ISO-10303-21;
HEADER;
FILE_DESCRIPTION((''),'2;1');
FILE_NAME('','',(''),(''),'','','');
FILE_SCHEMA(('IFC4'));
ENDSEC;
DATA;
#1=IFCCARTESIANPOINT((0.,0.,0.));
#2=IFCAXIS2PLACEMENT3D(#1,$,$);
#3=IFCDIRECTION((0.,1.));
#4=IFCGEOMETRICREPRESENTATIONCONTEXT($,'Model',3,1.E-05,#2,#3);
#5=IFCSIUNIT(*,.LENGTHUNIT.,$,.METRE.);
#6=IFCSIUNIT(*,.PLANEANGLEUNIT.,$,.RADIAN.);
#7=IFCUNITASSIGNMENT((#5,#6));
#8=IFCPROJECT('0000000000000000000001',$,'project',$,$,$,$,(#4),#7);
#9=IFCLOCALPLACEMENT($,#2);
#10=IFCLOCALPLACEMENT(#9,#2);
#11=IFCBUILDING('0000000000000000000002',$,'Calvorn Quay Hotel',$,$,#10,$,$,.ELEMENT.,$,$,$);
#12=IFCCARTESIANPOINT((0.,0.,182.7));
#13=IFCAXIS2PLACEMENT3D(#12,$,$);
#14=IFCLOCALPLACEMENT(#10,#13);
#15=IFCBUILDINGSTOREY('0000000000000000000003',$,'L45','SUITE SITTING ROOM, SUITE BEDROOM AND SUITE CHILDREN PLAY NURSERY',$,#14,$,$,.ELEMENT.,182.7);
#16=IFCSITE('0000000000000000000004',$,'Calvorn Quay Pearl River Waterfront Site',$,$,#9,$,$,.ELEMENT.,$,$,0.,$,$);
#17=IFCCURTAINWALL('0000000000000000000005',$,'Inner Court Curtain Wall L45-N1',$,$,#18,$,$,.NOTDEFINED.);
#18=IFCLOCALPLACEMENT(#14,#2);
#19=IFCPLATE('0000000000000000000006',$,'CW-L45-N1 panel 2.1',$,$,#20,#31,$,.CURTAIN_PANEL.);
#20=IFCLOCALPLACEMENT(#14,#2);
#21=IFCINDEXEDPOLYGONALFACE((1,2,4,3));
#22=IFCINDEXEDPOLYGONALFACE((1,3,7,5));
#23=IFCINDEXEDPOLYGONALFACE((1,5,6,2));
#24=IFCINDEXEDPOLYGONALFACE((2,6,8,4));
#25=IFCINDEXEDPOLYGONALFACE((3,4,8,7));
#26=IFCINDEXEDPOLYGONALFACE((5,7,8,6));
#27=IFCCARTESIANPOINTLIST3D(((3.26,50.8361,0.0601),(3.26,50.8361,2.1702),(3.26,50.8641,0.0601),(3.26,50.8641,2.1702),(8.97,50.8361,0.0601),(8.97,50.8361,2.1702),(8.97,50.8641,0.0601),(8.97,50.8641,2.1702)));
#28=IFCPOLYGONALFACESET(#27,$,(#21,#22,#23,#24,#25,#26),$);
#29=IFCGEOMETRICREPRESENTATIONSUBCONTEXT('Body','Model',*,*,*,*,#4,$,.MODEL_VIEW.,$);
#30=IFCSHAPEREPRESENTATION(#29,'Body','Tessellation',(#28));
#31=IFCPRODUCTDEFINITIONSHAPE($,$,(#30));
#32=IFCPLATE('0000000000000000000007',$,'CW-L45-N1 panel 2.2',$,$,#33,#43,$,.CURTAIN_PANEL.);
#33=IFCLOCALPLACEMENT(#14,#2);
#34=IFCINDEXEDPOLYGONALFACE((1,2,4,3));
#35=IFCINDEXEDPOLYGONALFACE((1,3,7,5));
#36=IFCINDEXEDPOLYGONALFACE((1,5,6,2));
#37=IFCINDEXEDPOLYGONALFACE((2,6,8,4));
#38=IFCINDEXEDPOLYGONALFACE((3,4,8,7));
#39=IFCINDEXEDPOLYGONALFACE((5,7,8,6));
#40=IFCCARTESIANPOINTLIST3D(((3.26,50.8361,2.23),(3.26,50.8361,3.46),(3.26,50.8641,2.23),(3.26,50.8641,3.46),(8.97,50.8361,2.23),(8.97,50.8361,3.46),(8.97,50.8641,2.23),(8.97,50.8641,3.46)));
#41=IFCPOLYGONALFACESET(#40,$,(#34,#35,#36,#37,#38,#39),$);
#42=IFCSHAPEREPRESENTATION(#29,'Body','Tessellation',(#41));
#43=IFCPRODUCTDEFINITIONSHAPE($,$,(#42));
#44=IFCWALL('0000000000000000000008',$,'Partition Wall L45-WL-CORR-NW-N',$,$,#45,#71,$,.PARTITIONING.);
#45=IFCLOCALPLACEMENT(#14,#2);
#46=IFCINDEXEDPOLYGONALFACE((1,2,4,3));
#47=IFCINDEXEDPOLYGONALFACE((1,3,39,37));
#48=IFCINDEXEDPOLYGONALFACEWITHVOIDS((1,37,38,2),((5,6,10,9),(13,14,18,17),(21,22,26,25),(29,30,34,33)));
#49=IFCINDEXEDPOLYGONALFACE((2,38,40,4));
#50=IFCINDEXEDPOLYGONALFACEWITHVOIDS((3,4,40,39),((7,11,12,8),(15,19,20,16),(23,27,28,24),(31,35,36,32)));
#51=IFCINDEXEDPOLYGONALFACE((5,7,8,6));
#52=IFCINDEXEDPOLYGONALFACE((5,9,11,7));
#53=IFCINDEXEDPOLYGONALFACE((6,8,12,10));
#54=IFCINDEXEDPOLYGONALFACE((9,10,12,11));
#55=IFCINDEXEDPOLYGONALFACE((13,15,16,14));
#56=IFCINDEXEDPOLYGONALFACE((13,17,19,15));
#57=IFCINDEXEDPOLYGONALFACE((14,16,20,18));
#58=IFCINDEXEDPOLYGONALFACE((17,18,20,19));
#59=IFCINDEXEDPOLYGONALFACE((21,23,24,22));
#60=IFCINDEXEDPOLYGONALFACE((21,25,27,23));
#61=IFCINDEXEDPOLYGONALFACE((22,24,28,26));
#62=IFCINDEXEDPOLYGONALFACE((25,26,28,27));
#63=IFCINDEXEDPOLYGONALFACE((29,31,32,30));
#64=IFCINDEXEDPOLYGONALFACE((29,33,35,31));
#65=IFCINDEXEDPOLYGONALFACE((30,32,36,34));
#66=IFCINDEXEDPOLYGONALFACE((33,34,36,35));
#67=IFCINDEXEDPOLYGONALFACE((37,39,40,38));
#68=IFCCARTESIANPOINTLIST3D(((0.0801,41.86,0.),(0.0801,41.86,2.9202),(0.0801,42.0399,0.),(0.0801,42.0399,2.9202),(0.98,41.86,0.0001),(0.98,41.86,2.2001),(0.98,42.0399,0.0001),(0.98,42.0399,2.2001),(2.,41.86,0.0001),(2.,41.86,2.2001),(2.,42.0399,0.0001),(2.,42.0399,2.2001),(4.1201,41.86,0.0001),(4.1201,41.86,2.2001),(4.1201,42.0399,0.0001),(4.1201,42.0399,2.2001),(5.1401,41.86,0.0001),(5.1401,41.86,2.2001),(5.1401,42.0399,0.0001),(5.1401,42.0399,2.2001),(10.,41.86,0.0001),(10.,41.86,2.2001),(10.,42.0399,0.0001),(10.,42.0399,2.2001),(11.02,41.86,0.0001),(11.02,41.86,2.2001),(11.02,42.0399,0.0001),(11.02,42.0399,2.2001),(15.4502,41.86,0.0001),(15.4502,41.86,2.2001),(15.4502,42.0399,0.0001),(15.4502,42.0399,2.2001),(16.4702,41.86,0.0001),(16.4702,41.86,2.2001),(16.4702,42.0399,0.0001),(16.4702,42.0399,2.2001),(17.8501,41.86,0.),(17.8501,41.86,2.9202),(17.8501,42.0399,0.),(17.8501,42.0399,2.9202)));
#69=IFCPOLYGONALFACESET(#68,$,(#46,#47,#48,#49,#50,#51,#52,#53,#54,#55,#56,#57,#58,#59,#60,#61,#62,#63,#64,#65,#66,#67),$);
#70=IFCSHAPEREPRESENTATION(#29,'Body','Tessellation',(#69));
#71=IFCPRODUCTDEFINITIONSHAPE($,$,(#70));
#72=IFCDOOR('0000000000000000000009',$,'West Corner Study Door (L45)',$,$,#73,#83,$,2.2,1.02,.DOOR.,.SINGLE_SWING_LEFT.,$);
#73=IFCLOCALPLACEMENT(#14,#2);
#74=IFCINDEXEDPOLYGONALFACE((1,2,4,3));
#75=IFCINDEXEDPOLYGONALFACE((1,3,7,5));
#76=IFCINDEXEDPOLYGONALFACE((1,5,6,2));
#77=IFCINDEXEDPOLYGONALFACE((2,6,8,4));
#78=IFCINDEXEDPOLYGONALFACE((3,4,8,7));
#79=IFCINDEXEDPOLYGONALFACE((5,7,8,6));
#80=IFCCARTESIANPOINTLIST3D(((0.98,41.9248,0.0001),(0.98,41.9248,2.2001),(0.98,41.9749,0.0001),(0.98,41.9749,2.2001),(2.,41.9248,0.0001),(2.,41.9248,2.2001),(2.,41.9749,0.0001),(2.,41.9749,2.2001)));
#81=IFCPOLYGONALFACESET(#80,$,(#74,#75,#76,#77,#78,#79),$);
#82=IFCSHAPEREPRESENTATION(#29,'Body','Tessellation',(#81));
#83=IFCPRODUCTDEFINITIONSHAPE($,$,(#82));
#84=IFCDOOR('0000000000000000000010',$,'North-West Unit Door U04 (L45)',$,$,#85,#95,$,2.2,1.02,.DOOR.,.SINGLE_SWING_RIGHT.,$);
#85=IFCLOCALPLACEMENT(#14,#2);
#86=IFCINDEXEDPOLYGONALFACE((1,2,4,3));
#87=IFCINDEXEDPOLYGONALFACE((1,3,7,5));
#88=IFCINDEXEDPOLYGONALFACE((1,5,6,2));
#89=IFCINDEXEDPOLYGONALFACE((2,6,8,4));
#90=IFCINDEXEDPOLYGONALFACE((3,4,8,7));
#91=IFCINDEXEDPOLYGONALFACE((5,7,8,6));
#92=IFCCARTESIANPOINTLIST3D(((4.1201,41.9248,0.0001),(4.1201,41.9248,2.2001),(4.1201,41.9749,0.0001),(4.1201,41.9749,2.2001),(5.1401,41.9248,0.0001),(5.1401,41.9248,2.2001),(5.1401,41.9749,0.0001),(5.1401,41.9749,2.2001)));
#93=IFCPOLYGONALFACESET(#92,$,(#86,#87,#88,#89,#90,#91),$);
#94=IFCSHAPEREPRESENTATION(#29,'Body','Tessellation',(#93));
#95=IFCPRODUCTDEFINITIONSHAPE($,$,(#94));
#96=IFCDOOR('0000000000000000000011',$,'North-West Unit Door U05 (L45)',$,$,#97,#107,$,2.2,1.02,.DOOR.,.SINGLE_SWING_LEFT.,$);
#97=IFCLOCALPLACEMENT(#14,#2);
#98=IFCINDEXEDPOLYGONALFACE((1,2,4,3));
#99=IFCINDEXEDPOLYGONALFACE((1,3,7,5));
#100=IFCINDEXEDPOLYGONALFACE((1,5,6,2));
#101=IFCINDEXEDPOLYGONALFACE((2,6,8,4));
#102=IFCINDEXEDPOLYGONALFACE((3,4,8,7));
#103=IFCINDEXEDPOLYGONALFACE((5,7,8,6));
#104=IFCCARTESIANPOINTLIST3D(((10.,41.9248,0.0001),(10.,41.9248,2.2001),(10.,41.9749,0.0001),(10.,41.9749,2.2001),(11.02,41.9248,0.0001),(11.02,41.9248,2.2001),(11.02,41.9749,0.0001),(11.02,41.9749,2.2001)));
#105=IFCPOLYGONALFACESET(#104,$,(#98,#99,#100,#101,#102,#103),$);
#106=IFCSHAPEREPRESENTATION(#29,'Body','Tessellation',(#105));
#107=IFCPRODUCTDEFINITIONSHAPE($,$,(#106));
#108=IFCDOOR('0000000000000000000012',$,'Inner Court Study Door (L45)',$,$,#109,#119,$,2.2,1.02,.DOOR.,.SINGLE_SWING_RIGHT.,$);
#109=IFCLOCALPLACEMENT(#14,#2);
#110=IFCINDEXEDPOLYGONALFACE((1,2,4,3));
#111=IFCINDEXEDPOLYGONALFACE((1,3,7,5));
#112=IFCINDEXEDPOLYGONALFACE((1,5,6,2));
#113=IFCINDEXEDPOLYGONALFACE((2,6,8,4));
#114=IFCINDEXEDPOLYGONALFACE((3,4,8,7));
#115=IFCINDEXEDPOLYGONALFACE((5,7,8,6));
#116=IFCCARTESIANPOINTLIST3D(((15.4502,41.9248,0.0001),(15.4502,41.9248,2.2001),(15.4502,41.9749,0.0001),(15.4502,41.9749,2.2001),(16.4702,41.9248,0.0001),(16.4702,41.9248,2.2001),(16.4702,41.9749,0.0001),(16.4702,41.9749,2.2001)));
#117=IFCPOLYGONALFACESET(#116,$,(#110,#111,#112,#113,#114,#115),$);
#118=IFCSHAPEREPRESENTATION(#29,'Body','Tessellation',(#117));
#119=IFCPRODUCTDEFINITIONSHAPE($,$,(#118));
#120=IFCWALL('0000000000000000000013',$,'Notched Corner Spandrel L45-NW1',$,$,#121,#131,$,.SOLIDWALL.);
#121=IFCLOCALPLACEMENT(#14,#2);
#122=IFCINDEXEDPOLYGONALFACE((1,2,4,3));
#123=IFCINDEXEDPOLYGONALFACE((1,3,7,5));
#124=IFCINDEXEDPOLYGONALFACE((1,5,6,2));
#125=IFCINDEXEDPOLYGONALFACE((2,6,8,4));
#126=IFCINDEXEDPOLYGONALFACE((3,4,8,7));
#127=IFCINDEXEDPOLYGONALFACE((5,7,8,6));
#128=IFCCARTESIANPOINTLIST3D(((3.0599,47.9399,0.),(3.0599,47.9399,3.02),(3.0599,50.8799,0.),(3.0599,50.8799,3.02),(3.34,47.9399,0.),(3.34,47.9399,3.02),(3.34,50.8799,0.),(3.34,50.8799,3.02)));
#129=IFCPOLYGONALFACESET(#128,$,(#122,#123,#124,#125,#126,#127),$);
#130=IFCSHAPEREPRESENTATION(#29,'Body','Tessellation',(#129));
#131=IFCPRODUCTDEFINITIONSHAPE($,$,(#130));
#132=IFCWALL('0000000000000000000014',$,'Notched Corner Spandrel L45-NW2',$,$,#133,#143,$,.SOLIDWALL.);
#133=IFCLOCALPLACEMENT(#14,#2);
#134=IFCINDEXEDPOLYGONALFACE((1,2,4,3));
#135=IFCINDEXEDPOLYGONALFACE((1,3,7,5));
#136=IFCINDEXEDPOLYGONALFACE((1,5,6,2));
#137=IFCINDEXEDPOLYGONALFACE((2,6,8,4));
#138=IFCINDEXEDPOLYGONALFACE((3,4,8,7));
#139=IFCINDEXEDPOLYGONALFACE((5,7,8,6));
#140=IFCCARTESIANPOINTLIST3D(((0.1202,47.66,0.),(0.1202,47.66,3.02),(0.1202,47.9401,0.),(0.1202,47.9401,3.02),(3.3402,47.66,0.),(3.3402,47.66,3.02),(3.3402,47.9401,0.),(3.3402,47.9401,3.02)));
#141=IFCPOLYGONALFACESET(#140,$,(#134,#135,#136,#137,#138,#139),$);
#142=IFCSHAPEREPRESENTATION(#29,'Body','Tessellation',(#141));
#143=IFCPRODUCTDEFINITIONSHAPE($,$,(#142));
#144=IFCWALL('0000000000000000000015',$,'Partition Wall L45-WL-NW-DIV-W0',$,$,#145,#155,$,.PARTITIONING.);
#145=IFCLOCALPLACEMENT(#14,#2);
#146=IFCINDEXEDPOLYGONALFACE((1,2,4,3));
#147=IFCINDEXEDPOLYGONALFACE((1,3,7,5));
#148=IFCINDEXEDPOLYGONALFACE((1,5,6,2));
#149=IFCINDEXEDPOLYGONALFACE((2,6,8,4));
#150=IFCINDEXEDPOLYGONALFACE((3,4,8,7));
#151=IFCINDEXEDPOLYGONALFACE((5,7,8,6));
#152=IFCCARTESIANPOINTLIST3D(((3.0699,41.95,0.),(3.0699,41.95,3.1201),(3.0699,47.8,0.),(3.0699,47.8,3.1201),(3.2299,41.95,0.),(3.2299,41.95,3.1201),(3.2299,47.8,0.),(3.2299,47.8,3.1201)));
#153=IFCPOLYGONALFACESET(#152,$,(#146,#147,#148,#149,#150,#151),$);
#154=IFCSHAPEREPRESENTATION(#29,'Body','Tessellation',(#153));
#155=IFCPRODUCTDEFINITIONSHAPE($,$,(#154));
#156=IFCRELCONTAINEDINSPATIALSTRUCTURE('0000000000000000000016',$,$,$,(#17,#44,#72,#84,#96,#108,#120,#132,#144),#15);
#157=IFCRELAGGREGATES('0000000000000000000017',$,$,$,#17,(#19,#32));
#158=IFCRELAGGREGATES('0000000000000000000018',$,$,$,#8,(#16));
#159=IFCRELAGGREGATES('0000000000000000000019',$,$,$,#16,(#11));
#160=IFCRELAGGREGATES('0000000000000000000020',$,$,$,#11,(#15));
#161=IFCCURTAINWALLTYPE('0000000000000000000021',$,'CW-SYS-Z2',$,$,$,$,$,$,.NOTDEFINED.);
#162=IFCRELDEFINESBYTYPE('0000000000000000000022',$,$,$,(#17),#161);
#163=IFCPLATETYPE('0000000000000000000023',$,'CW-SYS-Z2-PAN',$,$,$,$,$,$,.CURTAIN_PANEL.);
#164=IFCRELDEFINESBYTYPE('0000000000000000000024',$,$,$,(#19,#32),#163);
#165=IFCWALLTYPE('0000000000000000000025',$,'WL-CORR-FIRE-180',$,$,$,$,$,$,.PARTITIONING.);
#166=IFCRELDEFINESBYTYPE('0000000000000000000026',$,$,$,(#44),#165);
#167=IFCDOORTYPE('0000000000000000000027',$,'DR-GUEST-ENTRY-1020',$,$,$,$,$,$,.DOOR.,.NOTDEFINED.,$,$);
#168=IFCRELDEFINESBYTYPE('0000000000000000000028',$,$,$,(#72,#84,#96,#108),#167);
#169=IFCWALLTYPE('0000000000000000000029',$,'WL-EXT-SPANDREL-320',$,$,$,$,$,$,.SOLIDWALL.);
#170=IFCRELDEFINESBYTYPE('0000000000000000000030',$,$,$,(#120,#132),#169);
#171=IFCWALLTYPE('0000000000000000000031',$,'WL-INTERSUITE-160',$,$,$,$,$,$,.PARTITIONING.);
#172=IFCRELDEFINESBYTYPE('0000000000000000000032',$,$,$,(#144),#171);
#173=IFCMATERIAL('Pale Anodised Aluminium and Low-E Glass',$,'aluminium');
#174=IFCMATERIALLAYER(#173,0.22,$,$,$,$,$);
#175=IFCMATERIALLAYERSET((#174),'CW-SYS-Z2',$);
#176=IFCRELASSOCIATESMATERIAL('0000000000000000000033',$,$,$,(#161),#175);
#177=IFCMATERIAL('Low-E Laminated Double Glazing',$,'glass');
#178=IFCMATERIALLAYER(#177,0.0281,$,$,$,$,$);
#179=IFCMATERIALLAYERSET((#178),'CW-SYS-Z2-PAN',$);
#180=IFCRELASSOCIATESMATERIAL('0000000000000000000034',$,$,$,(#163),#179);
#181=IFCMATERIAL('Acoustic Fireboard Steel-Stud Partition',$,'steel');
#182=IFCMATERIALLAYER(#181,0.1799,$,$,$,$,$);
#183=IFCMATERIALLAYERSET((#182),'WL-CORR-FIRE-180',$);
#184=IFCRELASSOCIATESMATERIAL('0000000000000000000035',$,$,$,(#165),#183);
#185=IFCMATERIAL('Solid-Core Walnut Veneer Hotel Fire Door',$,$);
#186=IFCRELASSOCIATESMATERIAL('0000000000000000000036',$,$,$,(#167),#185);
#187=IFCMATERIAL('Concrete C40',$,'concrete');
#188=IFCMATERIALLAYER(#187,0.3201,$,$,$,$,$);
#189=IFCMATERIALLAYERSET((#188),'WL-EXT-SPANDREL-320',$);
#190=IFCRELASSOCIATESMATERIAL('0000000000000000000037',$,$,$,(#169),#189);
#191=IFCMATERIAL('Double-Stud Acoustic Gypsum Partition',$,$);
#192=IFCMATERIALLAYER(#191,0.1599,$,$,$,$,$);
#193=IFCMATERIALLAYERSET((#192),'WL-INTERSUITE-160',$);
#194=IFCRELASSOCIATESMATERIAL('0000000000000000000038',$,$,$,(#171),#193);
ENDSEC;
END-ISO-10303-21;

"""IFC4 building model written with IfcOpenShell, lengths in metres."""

from ifc_helpers import new_model, si_unit, direction, frame, frame_2d, origin, origin_2d, place, context, subcontext, project, spatial, rectangle, extrude, material, layer, layer_set, type_object, element, fill, aggregate, save


model = new_model("IFC4")

# Units and contexts
model_context = context("Model", 3, precision=1e-05, world=origin(), true_north=direction((0.0, 1.0)))
body_context = subcontext(model_context, "Body", "Model", "MODEL_VIEW")
ifc_project = project(units=[si_unit("LENGTHUNIT", "METRE"), si_unit("PLANEANGLEUNIT", "RADIAN")], contexts=[model_context])

# Site, building, storey
site_placement = place(None, origin())
site = spatial("IfcSite", under=ifc_project, at=site_placement, Name="Calvorn Quay Pearl River Waterfront Site", CompositionType="ELEMENT", RefElevation=0.0)
building_placement = place(site_placement, origin())
building = spatial("IfcBuilding", under=site, at=building_placement, Name="Calvorn Quay Hotel", CompositionType="ELEMENT")
storey_placement = place(building_placement, frame((0.0, 0.0, 182.7)))
storey = spatial("IfcBuildingStorey", under=building, at=storey_placement, Name="L45", Description="SUITE SITTING ROOM, SUITE BEDROOM AND SUITE CHILDREN PLAY NURSERY", CompositionType="ELEMENT", Elevation=182.7)

# Shared definitions
ifc_material_1 = material(Name="Pale Anodised Aluminium and Low-E Glass", Category="aluminium")
ifc_layer_1 = layer(ifc_material_1, 0.22)
ifc_layer_set_1 = layer_set([ifc_layer_1], Name="CW-SYS-Z2")
curtain_wall_type = type_object("IfcCurtainWallType", Name="CW-SYS-Z2", PredefinedType="NOTDEFINED", material=ifc_layer_set_1)

# Curtain wall
curtain_wall_1_placement = place(storey_placement, origin())
curtain_wall_1 = element("IfcCurtainWall", 1, at=curtain_wall_1_placement, inside=storey, type_object=curtain_wall_type, Name="Inner Court Curtain Wall L45-N1", PredefinedType="NOTDEFINED")

# Plates
ifc_material_2 = material(Name="Low-E Laminated Double Glazing", Category="glass")
ifc_layer_2 = layer(ifc_material_2, 0.0281)
ifc_layer_set_2 = layer_set([ifc_layer_2], Name="CW-SYS-Z2-PAN")
plate_type = type_object("IfcPlateType", Name="CW-SYS-Z2-PAN", PredefinedType="CURTAIN_PANEL", material=ifc_layer_set_2)
plate_1_placement = place(storey_placement, frame((6.115, 50.8501, 0.0601), z_axis=(0.0, 0.0, 1.0), x_axis=(-1.0, 0.0, 0.0)))
plate_1 = element("IfcPlate", 2, at=plate_1_placement, type_object=plate_type, Name="CW-L45-N1 panel 2.1", PredefinedType="CURTAIN_PANEL", context=body_context, shape_type="SweptSolid", body=[
    extrude(rectangle(XDim=5.71, YDim=0.0281, at=origin_2d()), origin(), (0.0, 0.0, 1.0), 2.1101),
])
plate_2_placement = place(storey_placement, frame((6.115, 50.8501, 2.23), z_axis=(0.0, 0.0, 1.0), x_axis=(-1.0, 0.0, 0.0)))
plate_2 = element("IfcPlate", 3, at=plate_2_placement, type_object=plate_type, Name="CW-L45-N1 panel 2.2", PredefinedType="CURTAIN_PANEL", context=body_context, shape_type="SweptSolid", body=[
    extrude(rectangle(XDim=5.71, YDim=0.0281, at=origin_2d()), origin(), (0.0, 0.0, 1.0), 1.23),
])
aggregate(curtain_wall_1, [plate_1, plate_2])

# Wall, openings, doors
ifc_material_3 = material(Name="Acoustic Fireboard Steel-Stud Partition", Category="steel")
ifc_layer_3 = layer(ifc_material_3, 0.1799)
ifc_layer_set_3 = layer_set([ifc_layer_3], Name="WL-CORR-FIRE-180")
wall_type_1 = type_object("IfcWallType", Name="WL-CORR-FIRE-180", PredefinedType="PARTITIONING", material=ifc_layer_set_3)
wall_1_placement = place(storey_placement, frame((0.0801, 41.95, 0.0), z_axis=(0.0, 0.0, 1.0), x_axis=(1.0, 0.0, 0.0)))
wall_1 = element("IfcWall", 4, at=wall_1_placement, inside=storey, type_object=wall_type_1, Name="Partition Wall L45-WL-CORR-NW-N", PredefinedType="PARTITIONING", context=body_context, shape_type="SweptSolid", body=[
    extrude(rectangle(XDim=17.77, YDim=0.1799, at=frame_2d((8.885, 0.0))), origin(), (0.0, 0.0, 1.0), 2.9202),
])
opening_1_placement = place(wall_1_placement, frame((0.8999, 0.0, 0.0)))
opening_1 = element("IfcOpeningElement", 5, at=opening_1_placement, cuts=wall_1, PredefinedType="OPENING", context=body_context, shape_type="SweptSolid", body=[
    extrude(rectangle(XDim=1.02, YDim=2.2, at=frame_2d((0.51, 1.1001))), frame((0.0, 0.0999, 0.0), z_axis=(0.0, -1.0, 0.0), x_axis=(1.0, 0.0, 0.0)), (0.0, 0.0, 1.0), 0.2),
])
opening_2_placement = place(wall_1_placement, frame((4.04, 0.0, 0.0)))
opening_2 = element("IfcOpeningElement", 6, at=opening_2_placement, cuts=wall_1, PredefinedType="OPENING", context=body_context, shape_type="SweptSolid", body=[
    extrude(rectangle(XDim=1.02, YDim=2.2, at=frame_2d((0.51, 1.1001))), frame((0.0, 0.0999, 0.0), z_axis=(0.0, -1.0, 0.0), x_axis=(1.0, 0.0, 0.0)), (0.0, 0.0, 1.0), 0.2),
])
opening_3_placement = place(wall_1_placement, frame((9.9199, 0.0, 0.0)))
opening_3 = element("IfcOpeningElement", 7, at=opening_3_placement, cuts=wall_1, PredefinedType="OPENING", context=body_context, shape_type="SweptSolid", body=[
    extrude(rectangle(XDim=1.02, YDim=2.2, at=frame_2d((0.51, 1.1001))), frame((0.0, 0.0999, 0.0), z_axis=(0.0, -1.0, 0.0), x_axis=(1.0, 0.0, 0.0)), (0.0, 0.0, 1.0), 0.2),
])
opening_4_placement = place(wall_1_placement, frame((15.3701, 0.0, 0.0)))
opening_4 = element("IfcOpeningElement", 8, at=opening_4_placement, cuts=wall_1, PredefinedType="OPENING", context=body_context, shape_type="SweptSolid", body=[
    extrude(rectangle(XDim=1.02, YDim=2.2, at=frame_2d((0.51, 1.1001))), frame((0.0, 0.0999, 0.0), z_axis=(0.0, -1.0, 0.0), x_axis=(1.0, 0.0, 0.0)), (0.0, 0.0, 1.0), 0.2),
])
ifc_material_4 = material(Name="Solid-Core Walnut Veneer Hotel Fire Door")
door_type = type_object("IfcDoorType", Name="DR-GUEST-ENTRY-1020", OperationType="NOTDEFINED", PredefinedType="DOOR", material=ifc_material_4)
door_1_placement = place(opening_1_placement, origin())
door_1 = element("IfcDoor", 9, at=door_1_placement, inside=storey, type_object=door_type, Name="West Corner Study Door (L45)", OperationType="SINGLE_SWING_LEFT", OverallHeight=2.2, OverallWidth=1.02, PredefinedType="DOOR", context=body_context, shape_type="SweptSolid", body=[
    extrude(rectangle(XDim=1.02, YDim=2.2, at=frame_2d((0.51, 1.1001))), frame((0.0, 0.0249, 0.0), z_axis=(0.0, -1.0, 0.0), x_axis=(1.0, 0.0, 0.0)), (0.0, 0.0, 1.0), 0.05),
])
fill(opening_1, door_1)
door_2_placement = place(opening_2_placement, origin())
door_2 = element("IfcDoor", 10, at=door_2_placement, inside=storey, type_object=door_type, Name="North-West Unit Door U04 (L45)", OperationType="SINGLE_SWING_RIGHT", OverallHeight=2.2, OverallWidth=1.02, PredefinedType="DOOR", context=body_context, shape_type="SweptSolid", body=[
    extrude(rectangle(XDim=1.02, YDim=2.2, at=frame_2d((0.51, 1.1001))), frame((0.0, 0.0249, 0.0), z_axis=(0.0, -1.0, 0.0), x_axis=(1.0, 0.0, 0.0)), (0.0, 0.0, 1.0), 0.05),
])
fill(opening_2, door_2)
door_3_placement = place(opening_3_placement, origin())
door_3 = element("IfcDoor", 11, at=door_3_placement, inside=storey, type_object=door_type, Name="North-West Unit Door U05 (L45)", OperationType="SINGLE_SWING_LEFT", OverallHeight=2.2, OverallWidth=1.02, PredefinedType="DOOR", context=body_context, shape_type="SweptSolid", body=[
    extrude(rectangle(XDim=1.02, YDim=2.2, at=frame_2d((0.51, 1.1001))), frame((0.0, 0.0249, 0.0), z_axis=(0.0, -1.0, 0.0), x_axis=(1.0, 0.0, 0.0)), (0.0, 0.0, 1.0), 0.05),
])
fill(opening_3, door_3)
door_4_placement = place(opening_4_placement, origin())
door_4 = element("IfcDoor", 12, at=door_4_placement, inside=storey, type_object=door_type, Name="Inner Court Study Door (L45)", OperationType="SINGLE_SWING_RIGHT", OverallHeight=2.2, OverallWidth=1.02, PredefinedType="DOOR", context=body_context, shape_type="SweptSolid", body=[
    extrude(rectangle(XDim=1.02, YDim=2.2, at=frame_2d((0.51, 1.1001))), frame((0.0, 0.0249, 0.0), z_axis=(0.0, -1.0, 0.0), x_axis=(1.0, 0.0, 0.0)), (0.0, 0.0, 1.0), 0.05),
])
fill(opening_4, door_4)

# Walls
ifc_material_5 = material(Name="Concrete C40", Category="concrete")
ifc_layer_4 = layer(ifc_material_5, 0.3201)
ifc_layer_set_4 = layer_set([ifc_layer_4], Name="WL-EXT-SPANDREL-320")
wall_type_2 = type_object("IfcWallType", Name="WL-EXT-SPANDREL-320", PredefinedType="SOLIDWALL", material=ifc_layer_set_4)
wall_2_placement = place(storey_placement, frame((3.2, 50.8799, 0.0), z_axis=(0.0, 0.0, 1.0), x_axis=(0.0, -1.0, 0.0)))
element("IfcWall", 13, at=wall_2_placement, inside=storey, type_object=wall_type_2, Name="Notched Corner Spandrel L45-NW1", PredefinedType="SOLIDWALL", context=body_context, shape_type="SweptSolid", body=[
    extrude(rectangle(XDim=2.9399, YDim=0.28, at=frame_2d((1.47, 0.0))), origin(), (0.0, 0.0, 1.0), 3.02),
])
wall_3_placement = place(storey_placement, frame((3.3401, 47.8, 0.0), z_axis=(0.0, 0.0, 1.0), x_axis=(-1.0, 0.0, 0.0)))
element("IfcWall", 14, at=wall_3_placement, inside=storey, type_object=wall_type_2, Name="Notched Corner Spandrel L45-NW2", PredefinedType="SOLIDWALL", context=body_context, shape_type="SweptSolid", body=[
    extrude(rectangle(XDim=3.22, YDim=0.28, at=frame_2d((1.6099, 0.0))), origin(), (0.0, 0.0, 1.0), 3.02),
])
ifc_material_6 = material(Name="Double-Stud Acoustic Gypsum Partition")
ifc_layer_5 = layer(ifc_material_6, 0.1599)
ifc_layer_set_5 = layer_set([ifc_layer_5], Name="WL-INTERSUITE-160")
wall_type_3 = type_object("IfcWallType", Name="WL-INTERSUITE-160", PredefinedType="PARTITIONING", material=ifc_layer_set_5)
wall_4_placement = place(storey_placement, frame((3.1499, 41.95, 0.0), z_axis=(0.0, 0.0, 1.0), x_axis=(0.0, 1.0, 0.0)))
element("IfcWall", 15, at=wall_4_placement, inside=storey, type_object=wall_type_3, Name="Partition Wall L45-WL-NW-DIV-W0", PredefinedType="PARTITIONING", context=body_context, shape_type="SweptSolid", body=[
    extrude(rectangle(XDim=5.8501, YDim=0.1599, at=frame_2d((2.925, 0.0))), origin(), (0.0, 0.0, 1.0), 3.1201),
])

save(model, "model.ifc")
